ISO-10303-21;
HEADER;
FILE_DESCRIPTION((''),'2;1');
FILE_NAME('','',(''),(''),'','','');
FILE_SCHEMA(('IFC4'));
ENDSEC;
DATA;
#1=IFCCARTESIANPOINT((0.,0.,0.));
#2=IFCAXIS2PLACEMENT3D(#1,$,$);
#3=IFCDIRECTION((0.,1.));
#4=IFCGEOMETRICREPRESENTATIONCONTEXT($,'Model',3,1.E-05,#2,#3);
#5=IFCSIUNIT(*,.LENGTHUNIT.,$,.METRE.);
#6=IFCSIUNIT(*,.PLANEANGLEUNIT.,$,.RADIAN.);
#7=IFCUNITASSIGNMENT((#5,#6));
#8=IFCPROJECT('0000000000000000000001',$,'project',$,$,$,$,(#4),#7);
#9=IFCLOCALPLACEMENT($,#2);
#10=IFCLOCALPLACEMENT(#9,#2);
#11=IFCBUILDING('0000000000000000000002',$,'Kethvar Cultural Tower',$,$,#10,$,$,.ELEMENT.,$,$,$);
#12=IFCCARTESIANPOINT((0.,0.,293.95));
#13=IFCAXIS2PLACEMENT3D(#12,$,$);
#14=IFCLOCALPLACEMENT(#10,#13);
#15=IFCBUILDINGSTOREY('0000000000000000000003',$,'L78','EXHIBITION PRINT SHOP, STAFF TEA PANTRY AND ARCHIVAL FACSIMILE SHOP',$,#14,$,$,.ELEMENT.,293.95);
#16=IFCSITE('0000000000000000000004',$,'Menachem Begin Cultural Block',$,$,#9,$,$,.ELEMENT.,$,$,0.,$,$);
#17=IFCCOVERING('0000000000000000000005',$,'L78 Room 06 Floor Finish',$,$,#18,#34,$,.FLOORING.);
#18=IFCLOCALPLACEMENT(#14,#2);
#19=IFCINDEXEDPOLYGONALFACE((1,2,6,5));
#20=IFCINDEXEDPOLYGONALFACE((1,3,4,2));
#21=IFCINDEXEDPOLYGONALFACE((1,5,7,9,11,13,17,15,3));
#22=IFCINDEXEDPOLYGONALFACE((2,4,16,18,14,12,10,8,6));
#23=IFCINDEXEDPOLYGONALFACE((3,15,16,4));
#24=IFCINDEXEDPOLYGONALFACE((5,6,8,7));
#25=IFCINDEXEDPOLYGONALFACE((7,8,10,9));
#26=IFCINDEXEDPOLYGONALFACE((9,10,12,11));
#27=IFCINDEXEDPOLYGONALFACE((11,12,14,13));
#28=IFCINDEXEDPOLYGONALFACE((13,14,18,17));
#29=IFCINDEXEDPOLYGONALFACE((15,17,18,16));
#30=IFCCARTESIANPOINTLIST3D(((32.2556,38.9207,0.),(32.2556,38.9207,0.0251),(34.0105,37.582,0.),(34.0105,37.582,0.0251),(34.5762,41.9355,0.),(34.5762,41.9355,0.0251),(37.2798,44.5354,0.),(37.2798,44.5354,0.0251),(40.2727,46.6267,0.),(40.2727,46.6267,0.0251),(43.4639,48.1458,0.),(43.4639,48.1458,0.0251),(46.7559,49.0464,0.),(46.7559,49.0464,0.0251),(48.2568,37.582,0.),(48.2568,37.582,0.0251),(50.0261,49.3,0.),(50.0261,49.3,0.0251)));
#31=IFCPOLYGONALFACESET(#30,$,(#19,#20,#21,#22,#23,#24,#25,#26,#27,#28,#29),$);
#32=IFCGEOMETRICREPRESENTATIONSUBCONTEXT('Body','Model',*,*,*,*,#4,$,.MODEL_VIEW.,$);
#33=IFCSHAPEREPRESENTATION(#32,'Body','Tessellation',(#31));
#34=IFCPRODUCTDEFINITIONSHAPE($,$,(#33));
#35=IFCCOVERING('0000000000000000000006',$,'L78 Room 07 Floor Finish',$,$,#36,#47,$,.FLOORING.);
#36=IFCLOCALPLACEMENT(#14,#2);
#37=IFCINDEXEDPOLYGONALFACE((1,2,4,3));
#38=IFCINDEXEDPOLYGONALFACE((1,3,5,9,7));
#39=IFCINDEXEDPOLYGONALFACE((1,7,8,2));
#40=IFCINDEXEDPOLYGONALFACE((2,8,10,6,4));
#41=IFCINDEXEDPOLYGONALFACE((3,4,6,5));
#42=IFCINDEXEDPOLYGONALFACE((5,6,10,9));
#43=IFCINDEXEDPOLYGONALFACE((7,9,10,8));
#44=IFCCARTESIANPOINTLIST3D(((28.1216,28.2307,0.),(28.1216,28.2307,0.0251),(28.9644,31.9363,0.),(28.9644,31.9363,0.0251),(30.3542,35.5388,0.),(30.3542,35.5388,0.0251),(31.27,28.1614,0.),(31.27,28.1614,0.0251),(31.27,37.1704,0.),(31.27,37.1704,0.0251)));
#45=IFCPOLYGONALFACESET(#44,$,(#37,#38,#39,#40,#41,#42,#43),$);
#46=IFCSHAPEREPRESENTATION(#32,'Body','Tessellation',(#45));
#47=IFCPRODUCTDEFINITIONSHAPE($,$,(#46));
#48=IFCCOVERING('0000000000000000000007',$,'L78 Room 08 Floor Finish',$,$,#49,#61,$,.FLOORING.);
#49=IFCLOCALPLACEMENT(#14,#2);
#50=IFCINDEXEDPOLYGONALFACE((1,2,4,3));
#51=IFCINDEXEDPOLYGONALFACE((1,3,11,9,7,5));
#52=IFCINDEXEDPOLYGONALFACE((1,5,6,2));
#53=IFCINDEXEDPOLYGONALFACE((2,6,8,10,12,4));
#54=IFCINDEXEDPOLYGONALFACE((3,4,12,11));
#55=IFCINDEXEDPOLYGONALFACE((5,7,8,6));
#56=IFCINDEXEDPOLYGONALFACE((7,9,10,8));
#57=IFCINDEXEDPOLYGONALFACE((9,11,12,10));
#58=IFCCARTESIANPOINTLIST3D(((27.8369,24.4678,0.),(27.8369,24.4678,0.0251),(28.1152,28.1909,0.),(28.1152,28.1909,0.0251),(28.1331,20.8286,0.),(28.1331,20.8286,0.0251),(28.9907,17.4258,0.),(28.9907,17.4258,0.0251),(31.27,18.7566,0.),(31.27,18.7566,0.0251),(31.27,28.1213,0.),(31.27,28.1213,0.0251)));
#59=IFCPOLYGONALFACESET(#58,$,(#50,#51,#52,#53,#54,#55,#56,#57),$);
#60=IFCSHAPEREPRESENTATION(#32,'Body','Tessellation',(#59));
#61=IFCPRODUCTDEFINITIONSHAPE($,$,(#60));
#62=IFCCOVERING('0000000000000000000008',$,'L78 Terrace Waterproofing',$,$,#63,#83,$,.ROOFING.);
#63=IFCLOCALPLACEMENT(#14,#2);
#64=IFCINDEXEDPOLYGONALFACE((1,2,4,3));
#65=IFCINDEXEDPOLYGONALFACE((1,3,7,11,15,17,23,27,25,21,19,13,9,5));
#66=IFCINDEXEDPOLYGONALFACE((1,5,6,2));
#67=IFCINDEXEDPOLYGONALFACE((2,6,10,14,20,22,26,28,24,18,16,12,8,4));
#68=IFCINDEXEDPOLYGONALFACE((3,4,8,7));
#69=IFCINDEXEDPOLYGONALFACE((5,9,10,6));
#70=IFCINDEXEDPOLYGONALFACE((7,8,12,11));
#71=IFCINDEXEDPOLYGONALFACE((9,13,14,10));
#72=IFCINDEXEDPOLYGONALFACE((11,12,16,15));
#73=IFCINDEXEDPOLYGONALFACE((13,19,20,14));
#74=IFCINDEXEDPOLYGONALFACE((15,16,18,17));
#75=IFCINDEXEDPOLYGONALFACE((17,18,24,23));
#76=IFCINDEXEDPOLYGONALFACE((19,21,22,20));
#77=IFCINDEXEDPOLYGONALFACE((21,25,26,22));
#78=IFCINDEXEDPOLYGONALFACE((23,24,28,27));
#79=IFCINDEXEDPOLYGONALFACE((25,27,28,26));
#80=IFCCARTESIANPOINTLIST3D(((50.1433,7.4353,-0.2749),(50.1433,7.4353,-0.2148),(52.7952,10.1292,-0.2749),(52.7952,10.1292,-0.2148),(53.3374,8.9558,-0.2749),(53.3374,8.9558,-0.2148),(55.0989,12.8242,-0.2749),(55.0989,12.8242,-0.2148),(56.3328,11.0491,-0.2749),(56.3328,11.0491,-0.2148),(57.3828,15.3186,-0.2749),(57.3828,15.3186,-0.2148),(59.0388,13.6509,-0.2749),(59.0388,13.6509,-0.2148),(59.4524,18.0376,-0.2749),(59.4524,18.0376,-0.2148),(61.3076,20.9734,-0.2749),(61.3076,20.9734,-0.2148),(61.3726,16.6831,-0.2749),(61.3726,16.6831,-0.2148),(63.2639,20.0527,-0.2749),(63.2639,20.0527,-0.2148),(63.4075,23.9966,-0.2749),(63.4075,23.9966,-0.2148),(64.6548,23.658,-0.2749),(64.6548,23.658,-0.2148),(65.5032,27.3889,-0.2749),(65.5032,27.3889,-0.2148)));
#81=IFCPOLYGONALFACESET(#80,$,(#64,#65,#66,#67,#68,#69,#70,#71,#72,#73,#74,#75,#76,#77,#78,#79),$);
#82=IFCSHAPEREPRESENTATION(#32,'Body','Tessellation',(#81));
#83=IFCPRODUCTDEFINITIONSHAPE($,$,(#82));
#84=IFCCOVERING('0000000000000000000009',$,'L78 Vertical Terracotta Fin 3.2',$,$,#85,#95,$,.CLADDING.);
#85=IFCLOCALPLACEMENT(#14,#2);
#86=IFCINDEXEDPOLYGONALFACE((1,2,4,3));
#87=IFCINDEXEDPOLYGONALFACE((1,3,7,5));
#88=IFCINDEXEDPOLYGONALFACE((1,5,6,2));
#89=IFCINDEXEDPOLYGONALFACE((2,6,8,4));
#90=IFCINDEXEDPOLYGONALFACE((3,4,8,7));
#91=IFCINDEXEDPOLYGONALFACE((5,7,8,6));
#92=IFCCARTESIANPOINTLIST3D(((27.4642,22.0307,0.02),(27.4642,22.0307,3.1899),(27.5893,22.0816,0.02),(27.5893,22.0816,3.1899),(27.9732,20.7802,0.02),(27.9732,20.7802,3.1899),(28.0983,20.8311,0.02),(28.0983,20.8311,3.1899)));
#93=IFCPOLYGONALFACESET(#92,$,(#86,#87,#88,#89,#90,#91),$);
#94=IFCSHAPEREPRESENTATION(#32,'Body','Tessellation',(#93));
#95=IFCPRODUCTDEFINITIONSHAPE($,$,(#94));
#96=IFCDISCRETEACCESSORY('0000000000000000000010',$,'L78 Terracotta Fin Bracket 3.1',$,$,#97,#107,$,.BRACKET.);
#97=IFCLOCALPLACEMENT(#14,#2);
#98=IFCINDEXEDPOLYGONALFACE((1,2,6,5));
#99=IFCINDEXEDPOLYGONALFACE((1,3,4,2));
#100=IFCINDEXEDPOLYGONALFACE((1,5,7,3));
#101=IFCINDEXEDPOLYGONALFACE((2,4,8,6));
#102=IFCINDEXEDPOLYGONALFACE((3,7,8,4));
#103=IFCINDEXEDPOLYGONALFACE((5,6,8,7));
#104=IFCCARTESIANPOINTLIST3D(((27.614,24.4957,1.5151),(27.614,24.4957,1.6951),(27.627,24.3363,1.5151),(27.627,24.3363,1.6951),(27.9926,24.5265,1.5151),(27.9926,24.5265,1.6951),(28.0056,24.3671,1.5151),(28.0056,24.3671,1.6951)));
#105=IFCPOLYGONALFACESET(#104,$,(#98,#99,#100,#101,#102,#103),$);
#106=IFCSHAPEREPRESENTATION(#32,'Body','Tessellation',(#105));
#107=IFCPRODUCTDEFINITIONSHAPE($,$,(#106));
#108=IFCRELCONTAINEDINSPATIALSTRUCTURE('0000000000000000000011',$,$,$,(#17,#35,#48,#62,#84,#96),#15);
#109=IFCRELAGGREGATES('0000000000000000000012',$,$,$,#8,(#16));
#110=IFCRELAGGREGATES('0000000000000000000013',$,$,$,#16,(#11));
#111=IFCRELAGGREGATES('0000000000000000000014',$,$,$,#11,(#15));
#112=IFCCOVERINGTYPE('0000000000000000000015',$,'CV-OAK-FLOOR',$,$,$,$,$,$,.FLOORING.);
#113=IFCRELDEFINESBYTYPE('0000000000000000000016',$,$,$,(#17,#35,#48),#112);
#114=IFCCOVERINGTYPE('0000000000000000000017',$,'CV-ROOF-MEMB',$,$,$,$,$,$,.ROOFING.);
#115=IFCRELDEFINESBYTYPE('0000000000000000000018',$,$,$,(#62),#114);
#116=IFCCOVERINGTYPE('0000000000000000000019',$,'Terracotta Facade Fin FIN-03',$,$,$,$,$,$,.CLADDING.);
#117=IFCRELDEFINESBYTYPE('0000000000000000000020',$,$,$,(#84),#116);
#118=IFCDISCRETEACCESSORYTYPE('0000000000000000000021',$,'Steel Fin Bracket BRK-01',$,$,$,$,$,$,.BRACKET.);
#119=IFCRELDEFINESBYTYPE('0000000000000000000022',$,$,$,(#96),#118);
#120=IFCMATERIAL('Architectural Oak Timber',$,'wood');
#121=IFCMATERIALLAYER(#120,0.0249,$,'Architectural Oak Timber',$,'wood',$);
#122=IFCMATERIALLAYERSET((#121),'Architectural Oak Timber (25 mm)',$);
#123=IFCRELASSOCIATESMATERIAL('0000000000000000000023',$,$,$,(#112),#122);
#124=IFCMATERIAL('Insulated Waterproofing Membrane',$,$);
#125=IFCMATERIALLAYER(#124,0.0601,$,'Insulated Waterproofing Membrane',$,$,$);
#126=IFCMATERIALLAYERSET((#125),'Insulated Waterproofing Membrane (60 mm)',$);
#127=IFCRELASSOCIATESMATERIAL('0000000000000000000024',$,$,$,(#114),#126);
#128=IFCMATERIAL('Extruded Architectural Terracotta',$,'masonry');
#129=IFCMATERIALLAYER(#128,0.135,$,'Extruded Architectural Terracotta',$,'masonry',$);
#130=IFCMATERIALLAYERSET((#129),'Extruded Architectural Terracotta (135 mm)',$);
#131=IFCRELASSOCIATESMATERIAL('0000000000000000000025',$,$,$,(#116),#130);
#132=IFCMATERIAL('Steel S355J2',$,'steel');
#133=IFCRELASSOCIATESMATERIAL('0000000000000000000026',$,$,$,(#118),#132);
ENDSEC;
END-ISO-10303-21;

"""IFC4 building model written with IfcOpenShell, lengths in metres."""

from ifc_helpers import new_model, si_unit, direction, frame, origin, origin_2d, place, context, subcontext, project, spatial, polyline, rectangle, outline, extrude, source, transform, mapped, material, layer, layer_set, type_object, element, save


model = new_model("IFC4")

# Units and contexts
model_context = context("Model", 3, precision=1e-05, world=origin(), true_north=direction((0.0, 1.0)))
body_context = subcontext(model_context, "Body", "Model", "MODEL_VIEW")
ifc_project = project(units=[si_unit("LENGTHUNIT", "METRE"), si_unit("PLANEANGLEUNIT", "RADIAN")], contexts=[model_context])

# Site, building, storey
site_placement = place(None, origin())
site = spatial("IfcSite", under=ifc_project, at=site_placement, Name="Menachem Begin Cultural Block", CompositionType="ELEMENT", RefElevation=0.0)
building_placement = place(site_placement, origin())
building = spatial("IfcBuilding", under=site, at=building_placement, Name="Kethvar Cultural Tower", CompositionType="ELEMENT")
storey_placement = place(building_placement, frame((0.0, 0.0, 293.95)))
storey = spatial("IfcBuildingStorey", under=building, at=storey_placement, Name="L78", Description="EXHIBITION PRINT SHOP, STAFF TEA PANTRY AND ARCHIVAL FACSIMILE SHOP", CompositionType="ELEMENT", Elevation=293.95)

# Coverings
ifc_material_1 = material(Name="Architectural Oak Timber", Category="wood")
ifc_layer_1 = layer(ifc_material_1, 0.0249, Name="Architectural Oak Timber", Category="wood")
ifc_layer_set_1 = layer_set([ifc_layer_1], Name="Architectural Oak Timber (25 mm)")
covering_type_1 = type_object("IfcCoveringType", Name="CV-OAK-FLOOR", PredefinedType="FLOORING", material=ifc_layer_set_1)
covering_1_placement = place(storey_placement, origin())
element("IfcCovering", 1, at=covering_1_placement, inside=storey, type_object=covering_type_1, Name="L78 Room 06 Floor Finish", PredefinedType="FLOORING", context=body_context, shape_type="SweptSolid", body=[
    extrude(outline(polyline([(34.5762, 41.9355), (37.2798, 44.5354), (40.2727, 46.6267), (43.4639, 48.1458), (46.7559, 49.0464), (50.0261, 49.3), (48.2568, 37.582), (34.0105, 37.582), (32.2556, 38.9207), (34.5762, 41.9355)])), origin(), (0.0, 0.0, 1.0), 0.0251),
])
covering_2_placement = place(storey_placement, origin())
element("IfcCovering", 2, at=covering_2_placement, inside=storey, type_object=covering_type_1, Name="L78 Room 07 Floor Finish", PredefinedType="FLOORING", context=body_context, shape_type="SweptSolid", body=[
    extrude(outline(polyline([(28.1216, 28.2307), (28.9644, 31.9363), (30.3542, 35.5388), (31.27, 37.1704), (31.27, 28.1614), (28.1216, 28.2307)])), origin(), (0.0, 0.0, 1.0), 0.0251),
])
covering_3_placement = place(storey_placement, origin())
element("IfcCovering", 3, at=covering_3_placement, inside=storey, type_object=covering_type_1, Name="L78 Room 08 Floor Finish", PredefinedType="FLOORING", context=body_context, shape_type="SweptSolid", body=[
    extrude(outline(polyline([(28.1331, 20.8286), (27.8369, 24.4678), (28.1152, 28.1909), (31.27, 28.1213), (31.27, 18.7566), (28.9907, 17.4258), (28.1331, 20.8286)])), origin(), (0.0, 0.0, 1.0), 0.0251),
])
ifc_material_2 = material(Name="Insulated Waterproofing Membrane")
ifc_layer_2 = layer(ifc_material_2, 0.0601, Name="Insulated Waterproofing Membrane")
ifc_layer_set_2 = layer_set([ifc_layer_2], Name="Insulated Waterproofing Membrane (60 mm)")
covering_type_2 = type_object("IfcCoveringType", Name="CV-ROOF-MEMB", PredefinedType="ROOFING", material=ifc_layer_set_2)
covering_4_placement = place(storey_placement, frame((0.0, 0.0, -0.2749)))
element("IfcCovering", 4, at=covering_4_placement, inside=storey, type_object=covering_type_2, Name="L78 Terrace Waterproofing", PredefinedType="ROOFING", context=body_context, shape_type="SweptSolid", body=[
    extrude(outline(polyline([(50.1433, 7.4353), (53.3374, 8.9558), (56.3328, 11.0491), (59.0388, 13.6509), (61.3726, 16.6831), (63.2639, 20.0527), (64.6548, 23.658), (65.5032, 27.3889), (63.4075, 23.9966), (61.3076, 20.9734), (59.4524, 18.0376), (57.3828, 15.3186), (55.0989, 12.8242), (52.7952, 10.1292), (50.1433, 7.4353)])), origin(), (0.0, 0.0, 1.0), 0.0601),
])
ifc_material_3 = material(Name="Extruded Architectural Terracotta", Category="masonry")
ifc_layer_3 = layer(ifc_material_3, 0.135, Name="Extruded Architectural Terracotta", Category="masonry")
ifc_layer_set_3 = layer_set([ifc_layer_3], Name="Extruded Architectural Terracotta (135 mm)")
covering_type_3 = type_object("IfcCoveringType", Name="Terracotta Facade Fin FIN-03", PredefinedType="CLADDING", material=ifc_layer_set_3)
shared_shape_1 = source(origin(), body_context, "Body", "SweptSolid", [
    extrude(rectangle(XDim=1.3501, YDim=0.135, at=origin_2d()), origin(), (0.0, 0.0, 1.0), 3.1699),
])
covering_5_placement = place(storey_placement, frame((27.7812, 21.4309, 0.02), z_axis=(0.0, 0.0, 1.0), x_axis=(-0.377033, 0.9262, 0.0)))
element("IfcCovering", 5, at=covering_5_placement, inside=storey, type_object=covering_type_3, Name="L78 Vertical Terracotta Fin 3.2", PredefinedType="CLADDING", context=body_context, shape_type="MappedRepresentation", body=[
    mapped(shared_shape_1, transform((0.0, 0.0, 0.0), scale=1.0)),
])

# Discrete accessory
ifc_material_4 = material(Name="Steel S355J2", Category="steel")
discrete_accessory_type = type_object("IfcDiscreteAccessoryType", Name="Steel Fin Bracket BRK-01", PredefinedType="BRACKET", material=ifc_material_4)
shared_shape_2 = source(origin(), body_context, "Body", "SweptSolid", [
    extrude(rectangle(XDim=0.3799, YDim=0.1599, at=origin_2d()), origin(), (0.0, 0.0, 1.0), 0.1799),
])
discrete_accessory_placement = place(storey_placement, frame((27.8098, 24.4314, 1.5151), z_axis=(0.0, 0.0, 1.0), x_axis=(-0.996694, -0.081243, 0.0)))
element("IfcDiscreteAccessory", 6, at=discrete_accessory_placement, inside=storey, type_object=discrete_accessory_type, Name="L78 Terracotta Fin Bracket 3.1", PredefinedType="BRACKET", context=body_context, shape_type="MappedRepresentation", body=[
    mapped(shared_shape_2, transform((0.0, 0.0, 0.0), scale=1.0)),
])

save(model, "model.ifc")
